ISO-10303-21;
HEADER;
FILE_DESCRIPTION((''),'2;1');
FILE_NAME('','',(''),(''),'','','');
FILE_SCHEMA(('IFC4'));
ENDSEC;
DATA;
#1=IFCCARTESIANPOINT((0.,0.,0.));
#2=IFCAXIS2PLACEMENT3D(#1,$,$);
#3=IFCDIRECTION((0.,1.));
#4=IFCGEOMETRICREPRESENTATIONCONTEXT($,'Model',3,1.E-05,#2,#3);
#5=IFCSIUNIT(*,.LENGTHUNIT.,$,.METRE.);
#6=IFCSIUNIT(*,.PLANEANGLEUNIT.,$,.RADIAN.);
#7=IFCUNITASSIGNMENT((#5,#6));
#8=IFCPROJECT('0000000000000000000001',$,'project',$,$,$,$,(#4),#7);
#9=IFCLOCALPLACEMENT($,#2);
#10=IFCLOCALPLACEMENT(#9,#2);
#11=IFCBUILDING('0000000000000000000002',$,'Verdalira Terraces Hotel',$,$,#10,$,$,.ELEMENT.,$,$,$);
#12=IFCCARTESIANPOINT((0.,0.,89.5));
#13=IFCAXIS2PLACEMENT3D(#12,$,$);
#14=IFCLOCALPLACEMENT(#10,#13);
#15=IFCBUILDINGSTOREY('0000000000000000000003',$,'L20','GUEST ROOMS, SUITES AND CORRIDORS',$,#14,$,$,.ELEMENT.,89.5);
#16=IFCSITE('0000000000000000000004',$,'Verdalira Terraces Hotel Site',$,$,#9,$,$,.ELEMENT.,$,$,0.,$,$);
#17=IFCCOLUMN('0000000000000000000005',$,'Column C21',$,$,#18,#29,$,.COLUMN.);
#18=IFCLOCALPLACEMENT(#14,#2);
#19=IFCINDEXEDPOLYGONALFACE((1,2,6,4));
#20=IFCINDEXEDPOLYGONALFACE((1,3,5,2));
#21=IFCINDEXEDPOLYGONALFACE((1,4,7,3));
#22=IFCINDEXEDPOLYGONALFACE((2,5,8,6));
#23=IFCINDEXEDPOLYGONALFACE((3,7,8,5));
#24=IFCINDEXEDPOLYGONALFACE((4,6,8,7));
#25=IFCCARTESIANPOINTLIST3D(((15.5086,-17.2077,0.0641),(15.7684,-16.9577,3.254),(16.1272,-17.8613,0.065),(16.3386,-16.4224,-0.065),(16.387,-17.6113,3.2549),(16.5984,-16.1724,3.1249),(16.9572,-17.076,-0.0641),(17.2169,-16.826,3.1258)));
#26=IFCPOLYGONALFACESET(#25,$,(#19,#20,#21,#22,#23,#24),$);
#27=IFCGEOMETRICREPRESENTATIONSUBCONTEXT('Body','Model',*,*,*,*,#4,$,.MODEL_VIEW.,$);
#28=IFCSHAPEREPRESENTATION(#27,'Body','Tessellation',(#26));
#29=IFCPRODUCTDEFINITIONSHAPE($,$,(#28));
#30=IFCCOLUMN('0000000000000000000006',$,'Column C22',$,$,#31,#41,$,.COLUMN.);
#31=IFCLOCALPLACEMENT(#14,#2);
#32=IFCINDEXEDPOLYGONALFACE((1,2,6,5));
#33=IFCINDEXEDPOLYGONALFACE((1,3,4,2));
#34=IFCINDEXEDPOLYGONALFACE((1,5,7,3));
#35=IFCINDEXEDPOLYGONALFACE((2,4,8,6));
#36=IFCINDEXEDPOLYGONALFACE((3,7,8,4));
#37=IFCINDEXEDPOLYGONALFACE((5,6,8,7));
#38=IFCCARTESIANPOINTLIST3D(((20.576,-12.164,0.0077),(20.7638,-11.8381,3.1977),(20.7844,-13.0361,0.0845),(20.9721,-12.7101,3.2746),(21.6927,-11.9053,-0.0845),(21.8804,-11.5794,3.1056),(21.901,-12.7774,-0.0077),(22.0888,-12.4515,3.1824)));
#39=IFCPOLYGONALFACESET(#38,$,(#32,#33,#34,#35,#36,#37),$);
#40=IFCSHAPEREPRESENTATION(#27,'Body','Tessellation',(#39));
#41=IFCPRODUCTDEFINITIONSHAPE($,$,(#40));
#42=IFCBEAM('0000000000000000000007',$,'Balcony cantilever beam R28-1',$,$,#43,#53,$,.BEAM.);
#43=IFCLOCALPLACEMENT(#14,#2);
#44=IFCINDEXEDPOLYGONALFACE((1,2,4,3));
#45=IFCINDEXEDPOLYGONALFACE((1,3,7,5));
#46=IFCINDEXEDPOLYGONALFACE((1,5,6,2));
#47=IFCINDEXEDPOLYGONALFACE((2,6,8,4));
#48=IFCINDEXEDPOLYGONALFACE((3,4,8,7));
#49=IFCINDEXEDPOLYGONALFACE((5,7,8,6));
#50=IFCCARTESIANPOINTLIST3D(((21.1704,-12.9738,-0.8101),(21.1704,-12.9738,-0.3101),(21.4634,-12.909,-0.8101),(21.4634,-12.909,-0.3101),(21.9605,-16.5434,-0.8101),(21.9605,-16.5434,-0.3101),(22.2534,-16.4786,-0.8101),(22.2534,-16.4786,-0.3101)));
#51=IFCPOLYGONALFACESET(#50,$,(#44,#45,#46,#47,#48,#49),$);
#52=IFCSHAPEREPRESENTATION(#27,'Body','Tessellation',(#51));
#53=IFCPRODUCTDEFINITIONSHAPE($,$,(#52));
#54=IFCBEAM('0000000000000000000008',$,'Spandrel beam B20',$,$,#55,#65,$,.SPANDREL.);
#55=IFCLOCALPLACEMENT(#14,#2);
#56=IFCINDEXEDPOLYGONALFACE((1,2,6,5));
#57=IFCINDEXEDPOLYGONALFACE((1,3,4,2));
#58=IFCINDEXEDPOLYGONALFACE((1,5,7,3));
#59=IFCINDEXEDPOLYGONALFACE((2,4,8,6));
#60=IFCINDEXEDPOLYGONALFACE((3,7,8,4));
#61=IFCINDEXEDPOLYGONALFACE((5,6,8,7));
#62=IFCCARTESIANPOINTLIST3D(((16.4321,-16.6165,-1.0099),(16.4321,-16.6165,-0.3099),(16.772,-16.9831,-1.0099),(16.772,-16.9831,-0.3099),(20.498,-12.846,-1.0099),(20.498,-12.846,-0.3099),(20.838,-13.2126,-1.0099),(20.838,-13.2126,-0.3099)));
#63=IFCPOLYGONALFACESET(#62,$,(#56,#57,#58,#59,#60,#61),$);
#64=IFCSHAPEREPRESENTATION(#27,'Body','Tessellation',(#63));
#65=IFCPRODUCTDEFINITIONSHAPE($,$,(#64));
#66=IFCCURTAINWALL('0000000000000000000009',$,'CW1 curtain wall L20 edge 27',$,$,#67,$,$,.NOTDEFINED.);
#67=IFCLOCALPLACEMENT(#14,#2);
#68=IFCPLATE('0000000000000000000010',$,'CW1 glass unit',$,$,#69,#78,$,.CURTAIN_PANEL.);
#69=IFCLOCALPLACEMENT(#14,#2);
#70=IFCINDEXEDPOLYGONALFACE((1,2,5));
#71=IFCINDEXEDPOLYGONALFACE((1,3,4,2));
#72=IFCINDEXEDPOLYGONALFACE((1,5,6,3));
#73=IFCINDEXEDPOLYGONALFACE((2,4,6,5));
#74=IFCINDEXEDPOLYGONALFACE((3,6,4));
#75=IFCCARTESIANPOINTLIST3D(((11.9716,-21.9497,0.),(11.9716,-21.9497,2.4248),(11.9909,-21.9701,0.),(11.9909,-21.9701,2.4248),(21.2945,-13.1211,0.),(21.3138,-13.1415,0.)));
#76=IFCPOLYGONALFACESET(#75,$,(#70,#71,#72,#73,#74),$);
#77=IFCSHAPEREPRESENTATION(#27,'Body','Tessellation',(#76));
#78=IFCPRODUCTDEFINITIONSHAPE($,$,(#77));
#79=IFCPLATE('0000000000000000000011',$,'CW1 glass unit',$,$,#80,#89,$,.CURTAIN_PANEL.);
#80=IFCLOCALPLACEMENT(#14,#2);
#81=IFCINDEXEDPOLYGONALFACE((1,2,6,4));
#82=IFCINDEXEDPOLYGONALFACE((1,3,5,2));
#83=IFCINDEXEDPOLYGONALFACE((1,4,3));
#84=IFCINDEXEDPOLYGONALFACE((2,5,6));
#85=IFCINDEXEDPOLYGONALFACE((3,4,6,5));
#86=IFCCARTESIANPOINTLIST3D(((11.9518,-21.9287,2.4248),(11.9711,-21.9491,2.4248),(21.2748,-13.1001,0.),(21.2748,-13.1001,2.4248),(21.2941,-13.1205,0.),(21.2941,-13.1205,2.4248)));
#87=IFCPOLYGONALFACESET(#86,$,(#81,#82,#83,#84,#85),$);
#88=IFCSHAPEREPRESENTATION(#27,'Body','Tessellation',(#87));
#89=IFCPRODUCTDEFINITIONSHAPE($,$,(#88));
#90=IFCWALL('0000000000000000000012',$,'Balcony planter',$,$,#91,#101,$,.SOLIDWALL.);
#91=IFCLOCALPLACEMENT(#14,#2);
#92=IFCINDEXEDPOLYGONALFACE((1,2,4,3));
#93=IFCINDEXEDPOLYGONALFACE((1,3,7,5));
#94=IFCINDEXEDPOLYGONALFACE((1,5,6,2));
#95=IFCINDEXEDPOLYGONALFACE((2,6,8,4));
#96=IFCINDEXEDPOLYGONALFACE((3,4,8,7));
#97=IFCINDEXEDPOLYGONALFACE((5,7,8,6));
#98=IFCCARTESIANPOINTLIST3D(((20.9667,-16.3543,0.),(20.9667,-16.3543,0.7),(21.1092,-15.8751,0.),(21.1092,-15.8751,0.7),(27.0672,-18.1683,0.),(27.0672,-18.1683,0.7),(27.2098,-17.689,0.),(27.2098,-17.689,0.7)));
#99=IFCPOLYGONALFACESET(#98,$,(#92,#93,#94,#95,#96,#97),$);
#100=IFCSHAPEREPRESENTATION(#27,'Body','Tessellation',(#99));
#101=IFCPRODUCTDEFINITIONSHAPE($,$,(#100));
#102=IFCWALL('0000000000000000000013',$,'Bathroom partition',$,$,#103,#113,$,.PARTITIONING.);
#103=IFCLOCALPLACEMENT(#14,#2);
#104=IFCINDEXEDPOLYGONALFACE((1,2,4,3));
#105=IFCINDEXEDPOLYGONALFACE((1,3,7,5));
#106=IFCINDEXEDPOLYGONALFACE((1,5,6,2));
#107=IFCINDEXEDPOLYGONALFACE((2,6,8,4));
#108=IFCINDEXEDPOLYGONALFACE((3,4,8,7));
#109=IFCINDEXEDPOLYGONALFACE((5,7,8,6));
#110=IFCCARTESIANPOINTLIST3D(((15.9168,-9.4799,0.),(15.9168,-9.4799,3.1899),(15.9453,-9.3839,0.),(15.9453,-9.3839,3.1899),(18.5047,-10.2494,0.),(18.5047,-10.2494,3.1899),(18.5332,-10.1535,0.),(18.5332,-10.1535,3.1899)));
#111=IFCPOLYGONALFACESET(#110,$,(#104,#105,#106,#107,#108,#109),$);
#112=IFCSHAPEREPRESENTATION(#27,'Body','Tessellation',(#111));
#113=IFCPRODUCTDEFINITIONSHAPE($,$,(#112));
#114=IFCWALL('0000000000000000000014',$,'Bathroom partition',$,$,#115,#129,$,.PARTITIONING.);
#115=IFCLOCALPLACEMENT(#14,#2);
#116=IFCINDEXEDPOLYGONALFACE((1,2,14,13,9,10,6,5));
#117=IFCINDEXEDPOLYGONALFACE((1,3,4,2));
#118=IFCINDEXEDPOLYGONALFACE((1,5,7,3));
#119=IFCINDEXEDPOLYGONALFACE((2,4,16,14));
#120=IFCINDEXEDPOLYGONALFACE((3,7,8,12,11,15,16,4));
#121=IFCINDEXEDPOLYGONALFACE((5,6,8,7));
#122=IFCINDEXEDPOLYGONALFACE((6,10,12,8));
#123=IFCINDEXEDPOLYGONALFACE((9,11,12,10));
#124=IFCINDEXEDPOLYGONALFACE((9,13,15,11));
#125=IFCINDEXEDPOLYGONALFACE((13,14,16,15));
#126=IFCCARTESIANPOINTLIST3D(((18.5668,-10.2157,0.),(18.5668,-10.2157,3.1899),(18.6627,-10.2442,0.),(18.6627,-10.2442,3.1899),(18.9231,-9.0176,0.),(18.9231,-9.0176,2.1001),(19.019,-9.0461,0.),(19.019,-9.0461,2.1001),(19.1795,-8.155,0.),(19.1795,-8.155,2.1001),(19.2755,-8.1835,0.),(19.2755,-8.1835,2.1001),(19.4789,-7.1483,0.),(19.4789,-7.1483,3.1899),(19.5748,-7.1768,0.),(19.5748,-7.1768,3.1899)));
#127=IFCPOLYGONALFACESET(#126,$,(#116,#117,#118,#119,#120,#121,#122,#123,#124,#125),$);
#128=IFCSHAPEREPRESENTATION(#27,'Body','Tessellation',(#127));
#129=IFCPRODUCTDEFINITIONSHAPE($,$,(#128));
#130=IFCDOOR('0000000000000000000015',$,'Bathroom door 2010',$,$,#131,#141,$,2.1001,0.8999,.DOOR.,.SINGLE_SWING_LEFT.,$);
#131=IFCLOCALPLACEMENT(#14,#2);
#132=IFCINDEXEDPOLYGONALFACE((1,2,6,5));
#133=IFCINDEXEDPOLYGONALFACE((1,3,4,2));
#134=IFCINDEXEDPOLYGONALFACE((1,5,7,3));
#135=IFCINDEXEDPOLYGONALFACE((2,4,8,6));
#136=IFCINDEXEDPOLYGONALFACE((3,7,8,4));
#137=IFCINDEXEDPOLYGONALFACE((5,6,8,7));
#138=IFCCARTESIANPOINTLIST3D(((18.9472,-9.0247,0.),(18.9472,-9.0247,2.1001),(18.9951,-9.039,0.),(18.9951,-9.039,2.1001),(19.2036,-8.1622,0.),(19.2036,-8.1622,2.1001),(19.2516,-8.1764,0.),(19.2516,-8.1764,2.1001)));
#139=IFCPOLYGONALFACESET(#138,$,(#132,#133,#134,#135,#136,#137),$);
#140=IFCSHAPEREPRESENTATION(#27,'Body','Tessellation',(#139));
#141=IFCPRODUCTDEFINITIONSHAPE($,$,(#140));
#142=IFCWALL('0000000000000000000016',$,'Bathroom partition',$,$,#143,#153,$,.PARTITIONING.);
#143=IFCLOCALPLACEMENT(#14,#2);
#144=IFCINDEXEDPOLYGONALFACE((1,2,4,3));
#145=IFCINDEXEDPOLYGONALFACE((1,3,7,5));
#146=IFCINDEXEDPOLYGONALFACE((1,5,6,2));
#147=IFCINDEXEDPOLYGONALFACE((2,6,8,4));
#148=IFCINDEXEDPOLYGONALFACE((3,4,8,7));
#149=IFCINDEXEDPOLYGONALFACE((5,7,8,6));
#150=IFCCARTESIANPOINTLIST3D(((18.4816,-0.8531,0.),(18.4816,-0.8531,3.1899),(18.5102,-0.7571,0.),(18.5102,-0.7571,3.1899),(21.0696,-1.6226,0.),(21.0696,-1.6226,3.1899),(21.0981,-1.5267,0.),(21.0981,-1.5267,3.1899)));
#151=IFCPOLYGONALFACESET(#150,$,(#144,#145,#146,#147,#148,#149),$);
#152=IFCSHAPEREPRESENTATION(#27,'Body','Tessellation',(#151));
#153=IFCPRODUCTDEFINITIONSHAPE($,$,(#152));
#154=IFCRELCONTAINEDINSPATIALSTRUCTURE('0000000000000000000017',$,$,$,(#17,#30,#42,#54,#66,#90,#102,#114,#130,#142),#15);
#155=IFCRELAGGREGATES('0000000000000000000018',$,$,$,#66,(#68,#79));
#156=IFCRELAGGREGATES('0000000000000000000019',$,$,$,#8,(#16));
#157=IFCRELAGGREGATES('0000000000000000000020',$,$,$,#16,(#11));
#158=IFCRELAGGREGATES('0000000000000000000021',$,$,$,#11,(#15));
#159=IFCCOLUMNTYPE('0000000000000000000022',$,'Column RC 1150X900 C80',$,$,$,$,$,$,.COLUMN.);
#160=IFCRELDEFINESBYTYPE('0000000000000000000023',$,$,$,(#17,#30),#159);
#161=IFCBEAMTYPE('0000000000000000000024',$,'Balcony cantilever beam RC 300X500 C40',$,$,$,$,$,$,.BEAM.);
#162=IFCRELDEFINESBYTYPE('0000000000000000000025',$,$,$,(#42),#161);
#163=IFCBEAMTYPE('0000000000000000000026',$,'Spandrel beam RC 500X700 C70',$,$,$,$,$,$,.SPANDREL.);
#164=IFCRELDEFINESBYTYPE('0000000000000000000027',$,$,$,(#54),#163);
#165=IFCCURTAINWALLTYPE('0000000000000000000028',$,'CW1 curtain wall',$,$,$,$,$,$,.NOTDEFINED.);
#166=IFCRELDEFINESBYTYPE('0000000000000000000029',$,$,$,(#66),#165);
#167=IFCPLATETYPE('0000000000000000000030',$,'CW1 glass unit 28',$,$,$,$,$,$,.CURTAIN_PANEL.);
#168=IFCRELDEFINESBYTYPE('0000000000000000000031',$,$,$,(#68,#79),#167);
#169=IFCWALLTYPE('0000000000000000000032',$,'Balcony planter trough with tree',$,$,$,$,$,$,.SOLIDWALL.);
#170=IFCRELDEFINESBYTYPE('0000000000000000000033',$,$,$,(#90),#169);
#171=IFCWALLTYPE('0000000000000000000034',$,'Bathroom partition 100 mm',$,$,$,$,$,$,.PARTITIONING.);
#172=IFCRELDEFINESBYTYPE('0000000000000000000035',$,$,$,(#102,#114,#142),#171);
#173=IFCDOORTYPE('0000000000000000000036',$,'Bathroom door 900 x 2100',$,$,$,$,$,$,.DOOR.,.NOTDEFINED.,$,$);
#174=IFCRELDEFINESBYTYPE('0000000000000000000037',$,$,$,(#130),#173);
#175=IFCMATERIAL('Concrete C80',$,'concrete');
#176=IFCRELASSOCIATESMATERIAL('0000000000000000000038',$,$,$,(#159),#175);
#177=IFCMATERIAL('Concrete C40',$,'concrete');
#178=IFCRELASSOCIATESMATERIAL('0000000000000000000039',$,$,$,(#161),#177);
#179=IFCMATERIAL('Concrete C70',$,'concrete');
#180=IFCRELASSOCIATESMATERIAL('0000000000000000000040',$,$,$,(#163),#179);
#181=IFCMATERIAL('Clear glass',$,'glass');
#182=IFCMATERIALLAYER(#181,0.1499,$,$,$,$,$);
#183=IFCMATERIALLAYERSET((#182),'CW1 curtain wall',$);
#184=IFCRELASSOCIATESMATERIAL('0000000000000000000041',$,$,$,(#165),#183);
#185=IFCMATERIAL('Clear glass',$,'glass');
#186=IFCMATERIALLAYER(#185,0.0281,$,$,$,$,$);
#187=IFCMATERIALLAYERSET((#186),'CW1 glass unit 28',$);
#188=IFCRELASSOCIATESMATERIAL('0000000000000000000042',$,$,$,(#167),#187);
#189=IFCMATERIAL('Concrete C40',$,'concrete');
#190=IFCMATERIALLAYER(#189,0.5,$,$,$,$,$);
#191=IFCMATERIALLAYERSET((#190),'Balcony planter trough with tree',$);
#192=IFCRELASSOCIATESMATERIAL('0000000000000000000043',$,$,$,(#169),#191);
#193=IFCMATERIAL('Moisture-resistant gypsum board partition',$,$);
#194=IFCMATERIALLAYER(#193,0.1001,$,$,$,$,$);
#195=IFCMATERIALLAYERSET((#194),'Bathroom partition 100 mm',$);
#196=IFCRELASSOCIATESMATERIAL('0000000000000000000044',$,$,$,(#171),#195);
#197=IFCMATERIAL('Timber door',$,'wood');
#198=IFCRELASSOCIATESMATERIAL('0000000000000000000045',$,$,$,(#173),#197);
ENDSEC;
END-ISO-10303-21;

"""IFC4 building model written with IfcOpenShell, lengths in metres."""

from ifc_helpers import new_model, si_unit, direction, frame, frame_2d, origin, origin_2d, place, context, subcontext, project, spatial, polyline, rectangle, outline, extrude, material, layer, layer_set, material_profile, profile_set, type_object, element, fill, aggregate, save


model = new_model("IFC4")

# Units and contexts
model_context = context("Model", 3, precision=1e-05, world=origin(), true_north=direction((0.0, 1.0)))
body_context = subcontext(model_context, "Body", "Model", "MODEL_VIEW")
ifc_project = project(units=[si_unit("LENGTHUNIT", "METRE"), si_unit("PLANEANGLEUNIT", "RADIAN")], contexts=[model_context])

# Site, building, storey
site_placement = place(None, origin())
site = spatial("IfcSite", under=ifc_project, at=site_placement, Name="Verdalira Terraces Hotel Site", CompositionType="ELEMENT", RefElevation=0.0)
building_placement = place(site_placement, origin())
building = spatial("IfcBuilding", under=site, at=building_placement, Name="Verdalira Terraces Hotel", CompositionType="ELEMENT")
storey_placement = place(building_placement, frame((0.0, 0.0, 89.5)))
storey = spatial("IfcBuildingStorey", under=building, at=storey_placement, Name="L20", Description="GUEST ROOMS, SUITES AND CORRIDORS", CompositionType="ELEMENT", Elevation=89.5)

# Columns
ifc_material_1 = material(Name="Concrete C80", Category="concrete")
ifc_material_profile_1 = material_profile(ifc_material_1, rectangle(XDim=1.1499, YDim=0.8999, at=origin_2d()), Name="RC 1150X900")
ifc_profile_set_1 = profile_set([ifc_material_profile_1], Name="Concrete C80")
column_type = type_object("IfcColumnType", Name="Column RC 1150X900 C80", PredefinedType="COLUMN", material=ifc_profile_set_1)
column_1_placement = place(storey_placement, frame((16.2329, -17.1418, 0.0), z_axis=(0.080918, 0.077876, 0.993674), x_axis=(0.721784, 0.682947, -0.1123)))
element("IfcColumn", 1, at=column_1_placement, inside=storey, type_object=column_type, Name="Column C21", PredefinedType="COLUMN", context=body_context, shape_type="SweptSolid", body=[
    extrude(rectangle(XDim=1.1499, YDim=0.8999, at=origin_2d()), origin(), (0.0, 0.0, 1.0), 3.2102),
])
column_2_placement = place(storey_placement, frame((21.2385, -12.4707, 0.0), z_axis=(0.05845, 0.101471, 0.99312), x_axis=(-0.971071, -0.224945, 0.080136)))
element("IfcColumn", 2, at=column_2_placement, inside=storey, type_object=column_type, Name="Column C22", PredefinedType="COLUMN", context=body_context, shape_type="SweptSolid", body=[
    extrude(rectangle(XDim=1.1499, YDim=0.8999, at=origin_2d()), origin(), (0.0, 0.0, 1.0), 3.2122),
])

# Beams
ifc_material_2 = material(Name="Concrete C40", Category="concrete")
ifc_material_profile_2 = material_profile(ifc_material_2, rectangle(XDim=0.3, YDim=0.5, at=origin_2d()), Name="RC 300X500")
ifc_profile_set_2 = profile_set([ifc_material_profile_2], Name="Concrete C40")
beam_type_1 = type_object("IfcBeamType", Name="Balcony cantilever beam RC 300X500 C40", PredefinedType="BEAM", material=ifc_profile_set_2)
beam_1_placement = place(storey_placement, frame((21.3169, -12.9414, -0.5601), z_axis=(0.216096, -0.976372, 0.0), x_axis=(0.976372, 0.216096, 0.0)))
element("IfcBeam", 3, at=beam_1_placement, inside=storey, type_object=beam_type_1, Name="Balcony cantilever beam R28-1", PredefinedType="BEAM", context=body_context, shape_type="SweptSolid", body=[
    extrude(rectangle(XDim=0.3, YDim=0.5, at=origin_2d()), origin(), (0.0, 0.0, 1.0), 3.656),
])
ifc_material_3 = material(Name="Concrete C70", Category="concrete")
ifc_material_profile_3 = material_profile(ifc_material_3, rectangle(XDim=0.5, YDim=0.7, at=origin_2d()), Name="RC 500X700")
ifc_profile_set_3 = profile_set([ifc_material_profile_3], Name="Concrete C70")
beam_type_2 = type_object("IfcBeamType", Name="Spandrel beam RC 500X700 C70", PredefinedType="SPANDREL", material=ifc_profile_set_3)
beam_2_placement = place(storey_placement, frame((16.6021, -16.7998, -0.6599), z_axis=(0.733242, 0.679968, 0.0), x_axis=(-0.679968, 0.733242, 0.0)))
element("IfcBeam", 4, at=beam_2_placement, inside=storey, type_object=beam_type_2, Name="Spandrel beam B20", PredefinedType="SPANDREL", context=body_context, shape_type="SweptSolid", body=[
    extrude(rectangle(XDim=0.5, YDim=0.7, at=origin_2d()), origin(), (0.0, 0.0, 1.0), 5.5452),
])

# Curtain wall, plates
ifc_material_4 = material(Name="Clear glass", Category="glass")
ifc_layer_1 = layer(ifc_material_4, 0.1499)
ifc_layer_set_1 = layer_set([ifc_layer_1], Name="CW1 curtain wall")
curtain_wall_type = type_object("IfcCurtainWallType", Name="CW1 curtain wall", PredefinedType="NOTDEFINED", material=ifc_layer_set_1)
curtain_wall_placement = place(storey_placement, origin())
curtain_wall = element("IfcCurtainWall", 5, at=curtain_wall_placement, inside=storey, type_object=curtain_wall_type, Name="CW1 curtain wall L20 edge 27", PredefinedType="NOTDEFINED")
ifc_material_5 = material(Name="Clear glass", Category="glass")
ifc_layer_2 = layer(ifc_material_5, 0.0281)
ifc_layer_set_2 = layer_set([ifc_layer_2], Name="CW1 glass unit 28")
plate_type = type_object("IfcPlateType", Name="CW1 glass unit 28", PredefinedType="CURTAIN_PANEL", material=ifc_layer_set_2)
plate_1_placement = place(storey_placement, frame((16.6331, -17.5354, 1.2124), z_axis=(0.687595, -0.726095, 0.0), x_axis=(0.726095, 0.687595, 0.0)))
plate_1 = element("IfcPlate", 6, at=plate_1_placement, type_object=plate_type, Name="CW1 glass unit", PredefinedType="CURTAIN_PANEL", context=body_context, shape_type="SweptSolid", body=[
    extrude(outline(polyline([(-6.4199, -1.2124), (6.4199, -1.2124), (-6.4199, 1.2124), (-6.4199, -1.2124)])), origin(), (0.0, 0.0, 1.0), 0.0281),
])
plate_2_placement = place(storey_placement, frame((16.6133, -17.5144, 1.2124), z_axis=(0.687595, -0.726095, 0.0), x_axis=(0.726095, 0.687595, 0.0)))
plate_2 = element("IfcPlate", 7, at=plate_2_placement, type_object=plate_type, Name="CW1 glass unit", PredefinedType="CURTAIN_PANEL", context=body_context, shape_type="SweptSolid", body=[
    extrude(outline(polyline([(6.4199, -1.2124), (6.4199, 1.2124), (-6.4199, 1.2124), (6.4199, -1.2124)])), origin(), (0.0, 0.0, 1.0), 0.0281),
])
aggregate(curtain_wall, [plate_1, plate_2])

# Walls
ifc_material_6 = material(Name="Concrete C40", Category="concrete")
ifc_layer_3 = layer(ifc_material_6, 0.5)
ifc_layer_set_3 = layer_set([ifc_layer_3], Name="Balcony planter trough with tree")
wall_type_1 = type_object("IfcWallType", Name="Balcony planter trough with tree", PredefinedType="SOLIDWALL", material=ifc_layer_set_3)
wall_1_placement = place(storey_placement, frame((21.0381, -16.1147, 0.0), z_axis=(0.0, 0.0, 1.0), x_axis=(0.958524, -0.28501, 0.0)))
element("IfcWall", 8, at=wall_1_placement, inside=storey, type_object=wall_type_1, Name="Balcony planter", PredefinedType="SOLIDWALL", context=body_context, shape_type="SweptSolid", body=[
    extrude(rectangle(XDim=6.3645, YDim=0.5, at=frame_2d((3.1821, 0.0))), origin(), (0.0, 0.0, 1.0), 0.7),
])
ifc_material_7 = material(Name="Moisture-resistant gypsum board partition")
ifc_layer_4 = layer(ifc_material_7, 0.1001)
ifc_layer_set_4 = layer_set([ifc_layer_4], Name="Bathroom partition 100 mm")
wall_type_2 = type_object("IfcWallType", Name="Bathroom partition 100 mm", PredefinedType="PARTITIONING", material=ifc_layer_set_4)
wall_2_placement = place(storey_placement, frame((15.9309, -9.4319, 0.0), z_axis=(0.0, 0.0, 1.0), x_axis=(0.95852, -0.285024, 0.0)))
element("IfcWall", 9, at=wall_2_placement, inside=storey, type_object=wall_type_2, Name="Bathroom partition", PredefinedType="PARTITIONING", context=body_context, shape_type="SweptSolid", body=[
    extrude(rectangle(XDim=2.7, YDim=0.1001, at=frame_2d((1.3501, 0.0))), origin(), (0.0, 0.0, 1.0), 3.1899),
])

# Wall, opening, door
wall_3_placement = place(storey_placement, frame((18.6147, -10.23, 0.0), z_axis=(0.0, 0.0, 1.0), x_axis=(0.285023, 0.958521, 0.0)))
wall_3 = element("IfcWall", 10, at=wall_3_placement, inside=storey, type_object=wall_type_2, Name="Bathroom partition", PredefinedType="PARTITIONING", context=body_context, shape_type="SweptSolid", body=[
    extrude(rectangle(XDim=3.2002, YDim=0.1001, at=frame_2d((1.6001, 0.0))), origin(), (0.0, 0.0, 1.0), 3.1899),
])
opening_1_placement = place(wall_3_placement, frame((1.25, 0.0, 0.0)))
opening_1 = element("IfcOpeningElement", 11, at=opening_1_placement, cuts=wall_3, PredefinedType="OPENING", context=body_context, shape_type="SweptSolid", body=[
    extrude(rectangle(XDim=0.8999, YDim=2.1001, at=frame_2d((0.45, 1.05))), frame((0.0, 0.0601, 0.0), z_axis=(0.0, -1.0, 0.0), x_axis=(1.0, 0.0, 0.0)), (0.0, 0.0, 1.0), 0.1201),
])
ifc_material_8 = material(Name="Timber door", Category="wood")
door_type = type_object("IfcDoorType", Name="Bathroom door 900 x 2100", OperationType="NOTDEFINED", PredefinedType="DOOR", material=ifc_material_8)
door_1_placement = place(opening_1_placement, origin())
door_1 = element("IfcDoor", 12, at=door_1_placement, inside=storey, type_object=door_type, Name="Bathroom door 2010", OperationType="SINGLE_SWING_LEFT", OverallHeight=2.1001, OverallWidth=0.8999, PredefinedType="DOOR", context=body_context, shape_type="SweptSolid", body=[
    extrude(rectangle(XDim=0.8999, YDim=2.1001, at=frame_2d((0.45, 1.05))), frame((0.0, 0.0249, 0.0), z_axis=(0.0, -1.0, 0.0), x_axis=(1.0, 0.0, 0.0)), (0.0, 0.0, 1.0), 0.05),
])
fill(opening_1, door_1)

# Wall
wall_4_placement = place(storey_placement, frame((21.084, -1.5747, 0.0), z_axis=(0.0, 0.0, 1.0), x_axis=(-0.95852, 0.285024, 0.0)))
element("IfcWall", 13, at=wall_4_placement, inside=storey, type_object=wall_type_2, Name="Bathroom partition", PredefinedType="PARTITIONING", context=body_context, shape_type="SweptSolid", body=[
    extrude(rectangle(XDim=2.7, YDim=0.1001, at=frame_2d((1.3501, 0.0))), origin(), (0.0, 0.0, 1.0), 3.1899),
])

save(model, "model.ifc")
